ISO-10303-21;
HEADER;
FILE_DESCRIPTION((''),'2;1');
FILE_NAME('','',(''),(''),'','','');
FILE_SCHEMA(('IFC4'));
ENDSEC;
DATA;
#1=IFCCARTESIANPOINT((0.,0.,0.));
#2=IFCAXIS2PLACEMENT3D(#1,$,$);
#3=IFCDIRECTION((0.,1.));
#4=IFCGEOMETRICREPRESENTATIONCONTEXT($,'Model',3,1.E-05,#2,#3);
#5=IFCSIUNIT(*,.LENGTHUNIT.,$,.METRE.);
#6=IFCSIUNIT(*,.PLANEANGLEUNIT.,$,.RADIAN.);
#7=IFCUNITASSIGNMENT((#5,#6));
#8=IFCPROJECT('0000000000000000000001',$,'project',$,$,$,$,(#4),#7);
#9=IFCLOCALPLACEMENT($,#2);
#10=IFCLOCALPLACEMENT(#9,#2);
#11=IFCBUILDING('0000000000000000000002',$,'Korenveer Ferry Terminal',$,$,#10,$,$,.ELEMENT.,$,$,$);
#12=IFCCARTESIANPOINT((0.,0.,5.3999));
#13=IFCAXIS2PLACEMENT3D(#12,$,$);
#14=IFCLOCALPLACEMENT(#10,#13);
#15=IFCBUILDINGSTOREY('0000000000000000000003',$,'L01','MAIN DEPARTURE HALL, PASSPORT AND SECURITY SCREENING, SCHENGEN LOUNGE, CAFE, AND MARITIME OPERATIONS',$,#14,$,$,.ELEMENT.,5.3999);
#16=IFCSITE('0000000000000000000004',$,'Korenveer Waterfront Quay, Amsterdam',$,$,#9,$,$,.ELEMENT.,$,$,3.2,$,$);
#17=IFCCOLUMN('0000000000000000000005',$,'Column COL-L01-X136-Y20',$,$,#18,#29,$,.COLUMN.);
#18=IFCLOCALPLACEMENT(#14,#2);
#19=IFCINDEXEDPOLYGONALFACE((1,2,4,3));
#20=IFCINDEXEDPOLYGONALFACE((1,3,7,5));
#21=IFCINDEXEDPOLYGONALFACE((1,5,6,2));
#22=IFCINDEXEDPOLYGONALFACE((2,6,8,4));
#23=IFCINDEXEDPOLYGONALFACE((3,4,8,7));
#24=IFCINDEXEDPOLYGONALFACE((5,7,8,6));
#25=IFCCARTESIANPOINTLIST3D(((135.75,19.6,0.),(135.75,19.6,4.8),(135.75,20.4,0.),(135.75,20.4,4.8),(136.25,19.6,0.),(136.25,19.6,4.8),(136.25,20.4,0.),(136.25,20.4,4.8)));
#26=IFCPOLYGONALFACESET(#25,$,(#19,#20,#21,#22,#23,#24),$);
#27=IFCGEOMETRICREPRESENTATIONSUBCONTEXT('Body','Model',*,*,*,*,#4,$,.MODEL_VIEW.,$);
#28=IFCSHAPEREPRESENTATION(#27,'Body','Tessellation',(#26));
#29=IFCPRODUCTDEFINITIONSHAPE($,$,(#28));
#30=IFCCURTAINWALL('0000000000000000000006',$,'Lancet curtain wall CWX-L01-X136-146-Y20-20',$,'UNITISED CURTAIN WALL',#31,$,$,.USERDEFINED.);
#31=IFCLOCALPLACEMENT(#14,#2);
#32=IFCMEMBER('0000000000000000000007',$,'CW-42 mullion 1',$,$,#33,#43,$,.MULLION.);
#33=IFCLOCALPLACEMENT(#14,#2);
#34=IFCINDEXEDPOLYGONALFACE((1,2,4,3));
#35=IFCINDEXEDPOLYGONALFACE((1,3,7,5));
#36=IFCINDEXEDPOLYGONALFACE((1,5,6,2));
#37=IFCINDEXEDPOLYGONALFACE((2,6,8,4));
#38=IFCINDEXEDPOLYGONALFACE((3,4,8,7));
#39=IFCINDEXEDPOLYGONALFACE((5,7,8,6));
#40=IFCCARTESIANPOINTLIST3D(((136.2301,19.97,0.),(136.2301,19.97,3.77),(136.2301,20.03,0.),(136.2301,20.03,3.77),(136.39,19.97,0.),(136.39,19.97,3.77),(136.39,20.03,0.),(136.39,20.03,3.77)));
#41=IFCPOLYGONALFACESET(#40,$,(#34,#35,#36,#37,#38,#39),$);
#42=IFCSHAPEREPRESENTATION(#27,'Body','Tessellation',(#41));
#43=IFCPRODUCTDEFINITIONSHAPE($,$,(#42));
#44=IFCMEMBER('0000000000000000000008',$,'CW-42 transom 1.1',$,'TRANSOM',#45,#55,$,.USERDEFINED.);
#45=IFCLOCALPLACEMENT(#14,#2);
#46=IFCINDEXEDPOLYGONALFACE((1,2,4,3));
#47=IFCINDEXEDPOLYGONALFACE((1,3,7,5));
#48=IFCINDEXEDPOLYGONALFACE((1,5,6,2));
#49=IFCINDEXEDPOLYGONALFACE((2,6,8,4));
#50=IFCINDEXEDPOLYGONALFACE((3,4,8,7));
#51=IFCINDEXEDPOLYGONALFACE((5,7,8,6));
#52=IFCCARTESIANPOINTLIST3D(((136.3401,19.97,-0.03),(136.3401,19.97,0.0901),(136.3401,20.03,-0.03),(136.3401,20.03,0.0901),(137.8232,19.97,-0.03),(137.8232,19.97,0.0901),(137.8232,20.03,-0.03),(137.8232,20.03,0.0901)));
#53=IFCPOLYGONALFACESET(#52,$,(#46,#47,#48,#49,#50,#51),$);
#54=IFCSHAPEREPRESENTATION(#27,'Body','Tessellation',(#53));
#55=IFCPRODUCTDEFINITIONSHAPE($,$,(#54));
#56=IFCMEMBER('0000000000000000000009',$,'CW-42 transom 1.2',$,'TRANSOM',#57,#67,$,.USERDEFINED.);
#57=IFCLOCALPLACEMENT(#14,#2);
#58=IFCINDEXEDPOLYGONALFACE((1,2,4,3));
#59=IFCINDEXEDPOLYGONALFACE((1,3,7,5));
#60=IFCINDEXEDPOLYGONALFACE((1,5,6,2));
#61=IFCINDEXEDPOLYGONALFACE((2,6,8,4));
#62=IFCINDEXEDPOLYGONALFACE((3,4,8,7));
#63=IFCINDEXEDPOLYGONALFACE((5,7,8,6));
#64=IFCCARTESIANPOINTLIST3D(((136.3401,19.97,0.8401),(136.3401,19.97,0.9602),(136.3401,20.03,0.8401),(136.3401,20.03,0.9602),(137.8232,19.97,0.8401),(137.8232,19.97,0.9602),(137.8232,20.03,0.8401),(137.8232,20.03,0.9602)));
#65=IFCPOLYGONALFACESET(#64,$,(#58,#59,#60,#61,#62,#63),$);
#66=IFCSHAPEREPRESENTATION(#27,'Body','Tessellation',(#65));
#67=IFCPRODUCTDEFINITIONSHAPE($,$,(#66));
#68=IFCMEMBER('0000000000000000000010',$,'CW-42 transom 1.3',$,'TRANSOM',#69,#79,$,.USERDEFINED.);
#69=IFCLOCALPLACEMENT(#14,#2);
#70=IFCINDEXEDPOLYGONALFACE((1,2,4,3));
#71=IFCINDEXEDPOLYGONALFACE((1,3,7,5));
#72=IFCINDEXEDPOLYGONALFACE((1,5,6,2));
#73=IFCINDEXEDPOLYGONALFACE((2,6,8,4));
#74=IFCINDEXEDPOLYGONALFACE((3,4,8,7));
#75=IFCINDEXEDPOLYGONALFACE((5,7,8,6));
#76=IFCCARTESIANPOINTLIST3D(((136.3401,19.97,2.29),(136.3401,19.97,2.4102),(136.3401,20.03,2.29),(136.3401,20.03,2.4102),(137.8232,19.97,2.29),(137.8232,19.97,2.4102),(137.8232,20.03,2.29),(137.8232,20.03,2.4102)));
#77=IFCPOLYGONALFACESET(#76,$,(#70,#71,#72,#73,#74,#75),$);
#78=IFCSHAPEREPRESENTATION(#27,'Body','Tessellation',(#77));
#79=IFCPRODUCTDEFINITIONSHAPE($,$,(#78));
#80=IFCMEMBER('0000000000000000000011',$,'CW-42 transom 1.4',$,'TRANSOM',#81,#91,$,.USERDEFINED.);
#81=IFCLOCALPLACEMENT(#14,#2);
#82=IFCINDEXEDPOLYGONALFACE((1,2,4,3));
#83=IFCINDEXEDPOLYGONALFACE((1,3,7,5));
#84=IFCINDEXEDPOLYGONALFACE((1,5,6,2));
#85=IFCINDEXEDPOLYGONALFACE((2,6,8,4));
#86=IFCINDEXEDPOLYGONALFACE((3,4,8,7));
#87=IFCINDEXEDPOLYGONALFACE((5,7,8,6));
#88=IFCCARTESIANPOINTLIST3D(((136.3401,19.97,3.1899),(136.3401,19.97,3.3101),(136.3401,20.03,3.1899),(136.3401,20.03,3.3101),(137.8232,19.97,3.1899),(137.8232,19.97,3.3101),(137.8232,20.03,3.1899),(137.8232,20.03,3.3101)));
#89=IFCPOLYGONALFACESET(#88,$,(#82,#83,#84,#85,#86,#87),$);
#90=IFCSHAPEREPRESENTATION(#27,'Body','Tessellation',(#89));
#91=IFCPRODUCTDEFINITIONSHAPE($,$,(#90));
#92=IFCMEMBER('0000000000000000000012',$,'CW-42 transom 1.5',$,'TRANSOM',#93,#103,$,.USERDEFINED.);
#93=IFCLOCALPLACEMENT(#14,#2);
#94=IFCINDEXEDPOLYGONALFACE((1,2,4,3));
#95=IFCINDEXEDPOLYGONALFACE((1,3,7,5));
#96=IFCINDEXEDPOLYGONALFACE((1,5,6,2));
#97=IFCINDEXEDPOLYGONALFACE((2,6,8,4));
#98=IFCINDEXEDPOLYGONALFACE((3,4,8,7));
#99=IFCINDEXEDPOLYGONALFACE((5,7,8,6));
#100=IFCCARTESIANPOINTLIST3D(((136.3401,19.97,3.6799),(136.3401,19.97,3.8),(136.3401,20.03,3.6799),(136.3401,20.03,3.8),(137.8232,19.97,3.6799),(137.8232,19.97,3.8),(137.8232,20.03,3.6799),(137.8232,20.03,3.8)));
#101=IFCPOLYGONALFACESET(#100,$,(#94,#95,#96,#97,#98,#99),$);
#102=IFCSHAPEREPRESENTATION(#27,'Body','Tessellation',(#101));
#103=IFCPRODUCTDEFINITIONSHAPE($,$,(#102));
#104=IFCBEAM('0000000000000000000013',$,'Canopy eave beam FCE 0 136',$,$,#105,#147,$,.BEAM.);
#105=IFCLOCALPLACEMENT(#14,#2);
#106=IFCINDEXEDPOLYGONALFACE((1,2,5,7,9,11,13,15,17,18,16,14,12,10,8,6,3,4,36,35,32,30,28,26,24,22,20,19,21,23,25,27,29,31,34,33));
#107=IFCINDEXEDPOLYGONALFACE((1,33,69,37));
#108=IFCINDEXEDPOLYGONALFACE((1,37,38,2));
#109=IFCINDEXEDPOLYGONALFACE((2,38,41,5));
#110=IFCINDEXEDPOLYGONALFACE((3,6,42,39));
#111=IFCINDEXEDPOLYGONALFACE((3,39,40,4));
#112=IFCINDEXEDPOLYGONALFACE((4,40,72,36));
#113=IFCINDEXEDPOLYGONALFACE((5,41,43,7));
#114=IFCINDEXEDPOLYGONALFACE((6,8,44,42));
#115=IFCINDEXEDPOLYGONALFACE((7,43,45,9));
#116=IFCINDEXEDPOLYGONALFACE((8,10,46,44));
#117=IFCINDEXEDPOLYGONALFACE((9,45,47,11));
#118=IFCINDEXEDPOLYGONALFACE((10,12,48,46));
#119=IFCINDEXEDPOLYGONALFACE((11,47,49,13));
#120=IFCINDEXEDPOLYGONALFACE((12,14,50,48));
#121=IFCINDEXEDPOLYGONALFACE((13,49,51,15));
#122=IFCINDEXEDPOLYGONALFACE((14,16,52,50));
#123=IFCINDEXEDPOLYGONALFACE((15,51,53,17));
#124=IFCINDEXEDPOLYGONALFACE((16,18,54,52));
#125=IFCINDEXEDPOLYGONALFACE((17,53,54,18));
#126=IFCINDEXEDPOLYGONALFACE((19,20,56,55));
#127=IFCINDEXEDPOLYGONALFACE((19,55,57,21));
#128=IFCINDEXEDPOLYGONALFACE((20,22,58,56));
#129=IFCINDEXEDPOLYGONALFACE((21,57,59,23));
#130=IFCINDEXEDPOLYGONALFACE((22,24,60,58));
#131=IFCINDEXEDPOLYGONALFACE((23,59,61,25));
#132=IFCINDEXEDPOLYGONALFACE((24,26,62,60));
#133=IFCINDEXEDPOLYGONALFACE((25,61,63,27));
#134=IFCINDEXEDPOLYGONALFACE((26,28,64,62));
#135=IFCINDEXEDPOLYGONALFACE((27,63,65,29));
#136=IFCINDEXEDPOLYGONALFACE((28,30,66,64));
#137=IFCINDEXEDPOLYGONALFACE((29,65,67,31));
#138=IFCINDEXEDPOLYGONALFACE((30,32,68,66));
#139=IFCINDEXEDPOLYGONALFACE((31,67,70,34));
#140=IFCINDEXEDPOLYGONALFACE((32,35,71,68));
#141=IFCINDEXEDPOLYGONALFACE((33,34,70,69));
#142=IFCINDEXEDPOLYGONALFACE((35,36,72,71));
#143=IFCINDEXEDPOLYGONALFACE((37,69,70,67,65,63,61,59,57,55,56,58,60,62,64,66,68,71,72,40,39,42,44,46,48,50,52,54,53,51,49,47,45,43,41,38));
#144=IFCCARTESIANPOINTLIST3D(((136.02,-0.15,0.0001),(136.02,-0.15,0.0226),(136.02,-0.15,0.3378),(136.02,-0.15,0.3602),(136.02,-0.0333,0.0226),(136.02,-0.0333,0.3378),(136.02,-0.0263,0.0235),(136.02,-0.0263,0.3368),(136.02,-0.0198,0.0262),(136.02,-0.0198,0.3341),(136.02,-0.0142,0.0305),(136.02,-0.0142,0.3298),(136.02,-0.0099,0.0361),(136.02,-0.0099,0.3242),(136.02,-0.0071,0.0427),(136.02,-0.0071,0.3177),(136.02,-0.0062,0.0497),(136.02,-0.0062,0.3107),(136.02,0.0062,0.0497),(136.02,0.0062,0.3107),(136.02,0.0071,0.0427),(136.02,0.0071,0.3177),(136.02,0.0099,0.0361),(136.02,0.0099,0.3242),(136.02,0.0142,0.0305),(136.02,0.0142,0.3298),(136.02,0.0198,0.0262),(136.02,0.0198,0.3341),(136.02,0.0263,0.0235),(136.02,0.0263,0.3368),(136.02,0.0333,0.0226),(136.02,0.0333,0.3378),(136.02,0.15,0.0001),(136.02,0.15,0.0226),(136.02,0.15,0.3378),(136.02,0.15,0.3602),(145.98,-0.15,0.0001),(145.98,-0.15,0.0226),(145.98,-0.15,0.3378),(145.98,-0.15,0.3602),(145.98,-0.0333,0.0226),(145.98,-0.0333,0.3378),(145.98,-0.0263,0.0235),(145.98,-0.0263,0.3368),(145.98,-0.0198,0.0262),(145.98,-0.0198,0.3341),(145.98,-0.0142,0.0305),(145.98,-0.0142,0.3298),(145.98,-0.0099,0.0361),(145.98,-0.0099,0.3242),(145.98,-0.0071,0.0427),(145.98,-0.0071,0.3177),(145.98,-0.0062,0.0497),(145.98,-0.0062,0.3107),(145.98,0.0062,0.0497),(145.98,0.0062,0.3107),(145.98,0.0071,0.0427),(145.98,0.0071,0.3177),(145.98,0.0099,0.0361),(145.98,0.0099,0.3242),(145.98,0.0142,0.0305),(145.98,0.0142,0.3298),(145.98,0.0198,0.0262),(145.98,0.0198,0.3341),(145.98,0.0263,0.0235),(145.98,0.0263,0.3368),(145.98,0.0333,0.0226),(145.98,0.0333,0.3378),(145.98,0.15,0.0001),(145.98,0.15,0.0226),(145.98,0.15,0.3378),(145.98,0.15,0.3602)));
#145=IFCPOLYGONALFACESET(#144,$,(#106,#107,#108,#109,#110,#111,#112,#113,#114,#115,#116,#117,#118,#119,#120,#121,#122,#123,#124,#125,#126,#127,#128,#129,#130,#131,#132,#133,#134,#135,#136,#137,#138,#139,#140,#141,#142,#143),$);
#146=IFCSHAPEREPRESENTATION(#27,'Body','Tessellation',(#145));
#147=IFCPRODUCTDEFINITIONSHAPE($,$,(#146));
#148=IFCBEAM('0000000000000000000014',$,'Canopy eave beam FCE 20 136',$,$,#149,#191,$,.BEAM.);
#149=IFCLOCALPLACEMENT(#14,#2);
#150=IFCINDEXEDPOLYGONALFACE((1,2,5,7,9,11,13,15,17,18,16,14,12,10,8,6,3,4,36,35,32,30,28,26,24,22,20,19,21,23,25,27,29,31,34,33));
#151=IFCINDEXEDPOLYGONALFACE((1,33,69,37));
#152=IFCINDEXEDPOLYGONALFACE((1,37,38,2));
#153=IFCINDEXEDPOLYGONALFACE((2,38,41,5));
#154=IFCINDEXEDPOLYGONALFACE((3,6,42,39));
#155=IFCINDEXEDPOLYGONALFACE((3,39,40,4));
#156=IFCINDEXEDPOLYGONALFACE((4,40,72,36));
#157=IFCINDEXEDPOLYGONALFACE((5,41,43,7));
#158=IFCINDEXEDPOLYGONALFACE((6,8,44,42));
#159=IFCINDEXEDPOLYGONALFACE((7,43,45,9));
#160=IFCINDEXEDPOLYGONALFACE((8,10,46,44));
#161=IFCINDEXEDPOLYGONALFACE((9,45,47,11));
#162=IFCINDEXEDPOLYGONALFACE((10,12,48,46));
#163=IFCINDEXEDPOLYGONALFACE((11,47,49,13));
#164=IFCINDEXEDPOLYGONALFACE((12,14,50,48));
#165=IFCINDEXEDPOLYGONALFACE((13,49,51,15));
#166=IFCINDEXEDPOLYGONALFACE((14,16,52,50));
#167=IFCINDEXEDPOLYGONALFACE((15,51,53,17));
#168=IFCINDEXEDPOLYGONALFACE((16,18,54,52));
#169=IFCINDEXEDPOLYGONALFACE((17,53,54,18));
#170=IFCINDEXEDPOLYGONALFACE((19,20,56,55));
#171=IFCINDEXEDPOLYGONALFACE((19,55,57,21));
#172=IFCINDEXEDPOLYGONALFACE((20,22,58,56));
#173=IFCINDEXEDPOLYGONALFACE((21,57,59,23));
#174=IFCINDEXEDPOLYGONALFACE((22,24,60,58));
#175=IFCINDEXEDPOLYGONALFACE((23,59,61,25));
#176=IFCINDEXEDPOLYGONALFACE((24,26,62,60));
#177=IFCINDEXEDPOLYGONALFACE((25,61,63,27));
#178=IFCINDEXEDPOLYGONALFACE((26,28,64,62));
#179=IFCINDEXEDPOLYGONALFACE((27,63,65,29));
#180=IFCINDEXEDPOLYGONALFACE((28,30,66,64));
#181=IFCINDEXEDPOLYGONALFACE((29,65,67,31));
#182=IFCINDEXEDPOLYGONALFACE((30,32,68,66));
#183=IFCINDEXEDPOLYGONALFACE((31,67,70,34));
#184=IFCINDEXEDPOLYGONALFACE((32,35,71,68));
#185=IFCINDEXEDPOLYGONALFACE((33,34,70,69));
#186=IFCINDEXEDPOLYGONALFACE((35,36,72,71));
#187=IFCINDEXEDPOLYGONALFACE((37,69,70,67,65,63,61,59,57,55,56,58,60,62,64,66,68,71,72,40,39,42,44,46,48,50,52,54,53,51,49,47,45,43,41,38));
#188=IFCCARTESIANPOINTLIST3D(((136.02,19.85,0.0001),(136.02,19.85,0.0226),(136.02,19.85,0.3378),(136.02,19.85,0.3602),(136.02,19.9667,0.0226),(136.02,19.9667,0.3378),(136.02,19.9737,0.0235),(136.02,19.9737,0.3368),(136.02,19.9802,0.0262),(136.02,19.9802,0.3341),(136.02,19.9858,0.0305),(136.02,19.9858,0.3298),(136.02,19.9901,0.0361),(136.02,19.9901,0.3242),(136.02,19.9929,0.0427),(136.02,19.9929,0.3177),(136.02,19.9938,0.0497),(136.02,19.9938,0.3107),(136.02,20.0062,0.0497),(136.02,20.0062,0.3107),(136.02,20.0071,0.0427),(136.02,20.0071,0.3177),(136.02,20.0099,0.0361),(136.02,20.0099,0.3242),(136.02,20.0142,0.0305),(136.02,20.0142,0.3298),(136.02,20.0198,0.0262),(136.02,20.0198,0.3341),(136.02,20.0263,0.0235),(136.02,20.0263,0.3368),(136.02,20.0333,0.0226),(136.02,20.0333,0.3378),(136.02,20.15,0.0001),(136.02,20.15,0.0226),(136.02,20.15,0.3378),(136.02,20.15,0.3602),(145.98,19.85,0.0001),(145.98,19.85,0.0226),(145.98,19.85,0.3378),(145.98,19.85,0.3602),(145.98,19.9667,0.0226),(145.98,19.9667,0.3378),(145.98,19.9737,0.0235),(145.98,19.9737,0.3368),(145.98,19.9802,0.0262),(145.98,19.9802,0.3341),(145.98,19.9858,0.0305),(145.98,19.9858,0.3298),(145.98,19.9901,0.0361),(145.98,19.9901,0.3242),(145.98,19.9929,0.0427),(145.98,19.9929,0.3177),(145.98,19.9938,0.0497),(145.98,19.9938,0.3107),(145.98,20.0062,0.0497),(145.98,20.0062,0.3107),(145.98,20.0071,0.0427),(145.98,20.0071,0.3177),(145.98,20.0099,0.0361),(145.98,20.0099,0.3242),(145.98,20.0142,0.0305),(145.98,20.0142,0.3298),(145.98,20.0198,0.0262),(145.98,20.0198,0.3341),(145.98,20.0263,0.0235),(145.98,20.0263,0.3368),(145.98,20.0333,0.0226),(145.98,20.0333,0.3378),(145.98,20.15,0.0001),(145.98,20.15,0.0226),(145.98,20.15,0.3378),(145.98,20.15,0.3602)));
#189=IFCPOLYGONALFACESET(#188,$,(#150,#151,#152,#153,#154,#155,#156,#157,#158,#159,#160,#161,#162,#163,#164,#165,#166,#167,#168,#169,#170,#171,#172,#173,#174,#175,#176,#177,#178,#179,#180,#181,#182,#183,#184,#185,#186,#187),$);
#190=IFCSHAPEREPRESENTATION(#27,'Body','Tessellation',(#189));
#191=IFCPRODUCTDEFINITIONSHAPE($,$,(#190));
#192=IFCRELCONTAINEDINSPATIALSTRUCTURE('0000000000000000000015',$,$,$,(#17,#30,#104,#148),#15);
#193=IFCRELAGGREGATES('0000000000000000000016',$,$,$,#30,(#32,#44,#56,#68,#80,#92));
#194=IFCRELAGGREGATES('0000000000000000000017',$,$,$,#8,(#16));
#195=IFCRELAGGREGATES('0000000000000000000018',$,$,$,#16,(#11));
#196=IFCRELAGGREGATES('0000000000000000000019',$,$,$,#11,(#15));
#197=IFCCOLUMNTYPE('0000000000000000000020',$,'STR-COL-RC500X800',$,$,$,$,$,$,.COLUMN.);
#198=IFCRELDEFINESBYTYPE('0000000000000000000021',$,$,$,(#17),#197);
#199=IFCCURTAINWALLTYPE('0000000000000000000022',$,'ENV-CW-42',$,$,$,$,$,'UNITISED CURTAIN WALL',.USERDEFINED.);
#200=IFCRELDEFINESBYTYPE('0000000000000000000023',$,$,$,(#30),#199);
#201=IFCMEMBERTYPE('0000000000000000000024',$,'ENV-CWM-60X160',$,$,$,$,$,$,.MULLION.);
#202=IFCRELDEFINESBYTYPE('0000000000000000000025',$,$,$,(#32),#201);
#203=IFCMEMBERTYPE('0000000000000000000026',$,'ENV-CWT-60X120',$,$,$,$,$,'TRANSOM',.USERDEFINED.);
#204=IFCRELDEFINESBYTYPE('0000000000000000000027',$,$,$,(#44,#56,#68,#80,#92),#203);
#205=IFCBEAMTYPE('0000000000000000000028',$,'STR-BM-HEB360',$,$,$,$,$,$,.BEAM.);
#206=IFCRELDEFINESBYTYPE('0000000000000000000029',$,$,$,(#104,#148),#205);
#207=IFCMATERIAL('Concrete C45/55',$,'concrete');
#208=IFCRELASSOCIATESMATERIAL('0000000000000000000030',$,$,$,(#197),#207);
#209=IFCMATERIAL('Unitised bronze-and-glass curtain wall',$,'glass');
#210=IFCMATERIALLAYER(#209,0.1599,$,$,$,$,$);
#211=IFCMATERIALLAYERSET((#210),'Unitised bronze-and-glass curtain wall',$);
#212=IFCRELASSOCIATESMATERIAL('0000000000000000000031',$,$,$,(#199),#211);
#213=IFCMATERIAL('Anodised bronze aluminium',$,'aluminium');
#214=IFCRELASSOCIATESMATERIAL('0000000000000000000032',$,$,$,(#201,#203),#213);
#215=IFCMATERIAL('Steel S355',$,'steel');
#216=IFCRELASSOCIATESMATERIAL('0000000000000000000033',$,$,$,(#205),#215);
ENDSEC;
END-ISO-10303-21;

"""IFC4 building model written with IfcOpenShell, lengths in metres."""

from ifc_helpers import new_model, si_unit, direction, frame, origin, origin_2d, place, context, subcontext, project, spatial, rectangle, i_section, extrude, material, layer, layer_set, material_profile, profile_set, type_object, element, aggregate, save


model = new_model("IFC4")

# Units and contexts
model_context = context("Model", 3, precision=1e-05, world=origin(), true_north=direction((0.0, 1.0)))
body_context = subcontext(model_context, "Body", "Model", "MODEL_VIEW")
ifc_project = project(units=[si_unit("LENGTHUNIT", "METRE"), si_unit("PLANEANGLEUNIT", "RADIAN")], contexts=[model_context])

# Site, building, storey
site_placement = place(None, origin())
site = spatial("IfcSite", under=ifc_project, at=site_placement, Name="Korenveer Waterfront Quay, Amsterdam", CompositionType="ELEMENT", RefElevation=3.2)
building_placement = place(site_placement, origin())
building = spatial("IfcBuilding", under=site, at=building_placement, Name="Korenveer Ferry Terminal", CompositionType="ELEMENT")
storey_placement = place(building_placement, frame((0.0, 0.0, 5.3999)))
storey = spatial("IfcBuildingStorey", under=building, at=storey_placement, Name="L01", Description="MAIN DEPARTURE HALL, PASSPORT AND SECURITY SCREENING, SCHENGEN LOUNGE, CAFE, AND MARITIME OPERATIONS", CompositionType="ELEMENT", Elevation=5.3999)

# Column
ifc_material_1 = material(Name="Concrete C45/55", Category="concrete")
ifc_material_profile_1 = material_profile(ifc_material_1, rectangle(XDim=0.5, YDim=0.8, at=origin_2d()), Name="RC 500x800")
ifc_profile_set_1 = profile_set([ifc_material_profile_1], Name="Concrete C45/55")
column_type = type_object("IfcColumnType", Name="STR-COL-RC500X800", PredefinedType="COLUMN", material=ifc_profile_set_1)
column_placement = place(storey_placement, frame((136.0, 20.0, 0.0), z_axis=(0.0, 0.0, 1.0), x_axis=(1.0, 0.0, 0.0)))
element("IfcColumn", 1, at=column_placement, inside=storey, type_object=column_type, Name="Column COL-L01-X136-Y20", PredefinedType="COLUMN", context=body_context, shape_type="SweptSolid", body=[
    extrude(rectangle(XDim=0.5, YDim=0.8, at=origin_2d()), origin(), (0.0, 0.0, 1.0), 4.8),
])

# Curtain wall, members
ifc_material_2 = material(Name="Unitised bronze-and-glass curtain wall", Category="glass")
ifc_layer_1 = layer(ifc_material_2, 0.1599)
ifc_layer_set_1 = layer_set([ifc_layer_1], Name="Unitised bronze-and-glass curtain wall")
curtain_wall_type = type_object("IfcCurtainWallType", Name="ENV-CW-42", ElementType="UNITISED CURTAIN WALL", PredefinedType="USERDEFINED", material=ifc_layer_set_1)
curtain_wall_placement = place(storey_placement, frame((136.28, 20.0, 0.0)))
curtain_wall = element("IfcCurtainWall", 2, at=curtain_wall_placement, inside=storey, type_object=curtain_wall_type, Name="Lancet curtain wall CWX-L01-X136-146-Y20-20", ObjectType="UNITISED CURTAIN WALL", PredefinedType="USERDEFINED")
ifc_material_3 = material(Name="Anodised bronze aluminium", Category="aluminium")
ifc_material_profile_2 = material_profile(ifc_material_3, rectangle(XDim=0.0601, YDim=0.1599, at=origin_2d()), Name="ALU 60x160")
ifc_profile_set_2 = profile_set([ifc_material_profile_2], Name="Anodised bronze aluminium")
member_type_1 = type_object("IfcMemberType", Name="ENV-CWM-60X160", PredefinedType="MULLION", material=ifc_profile_set_2)
member_1_placement = place(storey_placement, frame((136.3101, 20.0, 0.0), z_axis=(0.0, 0.0, 1.0), x_axis=(0.0, 1.0, 0.0)))
member_1 = element("IfcMember", 3, at=member_1_placement, type_object=member_type_1, Name="CW-42 mullion 1", PredefinedType="MULLION", context=body_context, shape_type="SweptSolid", body=[
    extrude(rectangle(XDim=0.0601, YDim=0.1599, at=origin_2d()), origin(), (0.0, 0.0, 1.0), 3.77),
])
ifc_material_profile_3 = material_profile(ifc_material_3, rectangle(XDim=0.0601, YDim=0.1201, at=origin_2d()), Name="ALU 60x120")
ifc_profile_set_3 = profile_set([ifc_material_profile_3], Name="Anodised bronze aluminium")
member_type_2 = type_object("IfcMemberType", Name="ENV-CWT-60X120", ElementType="TRANSOM", PredefinedType="USERDEFINED", material=ifc_profile_set_3)
member_2_placement = place(storey_placement, frame((136.3401, 20.0, 0.03), z_axis=(1.0, 0.0, 0.0), x_axis=(0.0, 1.0, 0.0)))
member_2 = element("IfcMember", 4, at=member_2_placement, type_object=member_type_2, Name="CW-42 transom 1.1", ObjectType="TRANSOM", PredefinedType="USERDEFINED", context=body_context, shape_type="SweptSolid", body=[
    extrude(rectangle(XDim=0.0601, YDim=0.1201, at=origin_2d()), origin(), (0.0, 0.0, 1.0), 1.4832),
])
member_3_placement = place(storey_placement, frame((136.3401, 20.0, 0.9001), z_axis=(1.0, 0.0, 0.0), x_axis=(0.0, 1.0, 0.0)))
member_3 = element("IfcMember", 5, at=member_3_placement, type_object=member_type_2, Name="CW-42 transom 1.2", ObjectType="TRANSOM", PredefinedType="USERDEFINED", context=body_context, shape_type="SweptSolid", body=[
    extrude(rectangle(XDim=0.0601, YDim=0.1201, at=origin_2d()), origin(), (0.0, 0.0, 1.0), 1.4832),
])
member_4_placement = place(storey_placement, frame((136.3401, 20.0, 2.3501), z_axis=(1.0, 0.0, 0.0), x_axis=(0.0, 1.0, 0.0)))
member_4 = element("IfcMember", 6, at=member_4_placement, type_object=member_type_2, Name="CW-42 transom 1.3", ObjectType="TRANSOM", PredefinedType="USERDEFINED", context=body_context, shape_type="SweptSolid", body=[
    extrude(rectangle(XDim=0.0601, YDim=0.1201, at=origin_2d()), origin(), (0.0, 0.0, 1.0), 1.4832),
])
member_5_placement = place(storey_placement, frame((136.3401, 20.0, 3.25), z_axis=(1.0, 0.0, 0.0), x_axis=(0.0, 1.0, 0.0)))
member_5 = element("IfcMember", 7, at=member_5_placement, type_object=member_type_2, Name="CW-42 transom 1.4", ObjectType="TRANSOM", PredefinedType="USERDEFINED", context=body_context, shape_type="SweptSolid", body=[
    extrude(rectangle(XDim=0.0601, YDim=0.1201, at=origin_2d()), origin(), (0.0, 0.0, 1.0), 1.4832),
])
member_6_placement = place(storey_placement, frame((136.3401, 20.0, 3.74), z_axis=(1.0, 0.0, 0.0), x_axis=(0.0, 1.0, 0.0)))
member_6 = element("IfcMember", 8, at=member_6_placement, type_object=member_type_2, Name="CW-42 transom 1.5", ObjectType="TRANSOM", PredefinedType="USERDEFINED", context=body_context, shape_type="SweptSolid", body=[
    extrude(rectangle(XDim=0.0601, YDim=0.1201, at=origin_2d()), origin(), (0.0, 0.0, 1.0), 1.4832),
])
aggregate(curtain_wall, [member_1, member_2, member_3, member_4, member_5, member_6])

# Beams
ifc_material_4 = material(Name="Steel S355", Category="steel")
ifc_material_profile_4 = material_profile(ifc_material_4, i_section(OverallWidth=0.3, OverallDepth=0.3601, WebThickness=0.0125, FlangeThickness=0.0225, FilletRadius=0.0271, at=origin_2d()), Name="HEB 360")
ifc_profile_set_4 = profile_set([ifc_material_profile_4], Name="Steel S355")
beam_type_1 = type_object("IfcBeamType", Name="STR-BM-HEB360", PredefinedType="BEAM", material=ifc_profile_set_4)
for number, where, z_axis, x_axis, name in (
    (9, (136.02, 0.0, 0.1802), (1.0, 0.0, 0.0), (0.0, 1.0, 0.0), "Canopy eave beam FCE 0 136"),
    (10, (136.02, 20.0, 0.1802), (1.0, 0.0, 0.0), (0.0, 1.0, 0.0), "Canopy eave beam FCE 20 136"),
):
    element("IfcBeam", number, at=place(storey_placement, frame(where, z_axis=z_axis, x_axis=x_axis)), inside=storey, type_object=beam_type_1, Name=name, PredefinedType="BEAM", context=body_context, shape_type="SweptSolid", body=[
        extrude(i_section(OverallWidth=0.3, OverallDepth=0.3601, WebThickness=0.0125, FlangeThickness=0.0225, FilletRadius=0.0271, at=origin_2d()), origin(), (0.0, 0.0, 1.0), 9.96),
    ])

save(model, "model.ifc")
